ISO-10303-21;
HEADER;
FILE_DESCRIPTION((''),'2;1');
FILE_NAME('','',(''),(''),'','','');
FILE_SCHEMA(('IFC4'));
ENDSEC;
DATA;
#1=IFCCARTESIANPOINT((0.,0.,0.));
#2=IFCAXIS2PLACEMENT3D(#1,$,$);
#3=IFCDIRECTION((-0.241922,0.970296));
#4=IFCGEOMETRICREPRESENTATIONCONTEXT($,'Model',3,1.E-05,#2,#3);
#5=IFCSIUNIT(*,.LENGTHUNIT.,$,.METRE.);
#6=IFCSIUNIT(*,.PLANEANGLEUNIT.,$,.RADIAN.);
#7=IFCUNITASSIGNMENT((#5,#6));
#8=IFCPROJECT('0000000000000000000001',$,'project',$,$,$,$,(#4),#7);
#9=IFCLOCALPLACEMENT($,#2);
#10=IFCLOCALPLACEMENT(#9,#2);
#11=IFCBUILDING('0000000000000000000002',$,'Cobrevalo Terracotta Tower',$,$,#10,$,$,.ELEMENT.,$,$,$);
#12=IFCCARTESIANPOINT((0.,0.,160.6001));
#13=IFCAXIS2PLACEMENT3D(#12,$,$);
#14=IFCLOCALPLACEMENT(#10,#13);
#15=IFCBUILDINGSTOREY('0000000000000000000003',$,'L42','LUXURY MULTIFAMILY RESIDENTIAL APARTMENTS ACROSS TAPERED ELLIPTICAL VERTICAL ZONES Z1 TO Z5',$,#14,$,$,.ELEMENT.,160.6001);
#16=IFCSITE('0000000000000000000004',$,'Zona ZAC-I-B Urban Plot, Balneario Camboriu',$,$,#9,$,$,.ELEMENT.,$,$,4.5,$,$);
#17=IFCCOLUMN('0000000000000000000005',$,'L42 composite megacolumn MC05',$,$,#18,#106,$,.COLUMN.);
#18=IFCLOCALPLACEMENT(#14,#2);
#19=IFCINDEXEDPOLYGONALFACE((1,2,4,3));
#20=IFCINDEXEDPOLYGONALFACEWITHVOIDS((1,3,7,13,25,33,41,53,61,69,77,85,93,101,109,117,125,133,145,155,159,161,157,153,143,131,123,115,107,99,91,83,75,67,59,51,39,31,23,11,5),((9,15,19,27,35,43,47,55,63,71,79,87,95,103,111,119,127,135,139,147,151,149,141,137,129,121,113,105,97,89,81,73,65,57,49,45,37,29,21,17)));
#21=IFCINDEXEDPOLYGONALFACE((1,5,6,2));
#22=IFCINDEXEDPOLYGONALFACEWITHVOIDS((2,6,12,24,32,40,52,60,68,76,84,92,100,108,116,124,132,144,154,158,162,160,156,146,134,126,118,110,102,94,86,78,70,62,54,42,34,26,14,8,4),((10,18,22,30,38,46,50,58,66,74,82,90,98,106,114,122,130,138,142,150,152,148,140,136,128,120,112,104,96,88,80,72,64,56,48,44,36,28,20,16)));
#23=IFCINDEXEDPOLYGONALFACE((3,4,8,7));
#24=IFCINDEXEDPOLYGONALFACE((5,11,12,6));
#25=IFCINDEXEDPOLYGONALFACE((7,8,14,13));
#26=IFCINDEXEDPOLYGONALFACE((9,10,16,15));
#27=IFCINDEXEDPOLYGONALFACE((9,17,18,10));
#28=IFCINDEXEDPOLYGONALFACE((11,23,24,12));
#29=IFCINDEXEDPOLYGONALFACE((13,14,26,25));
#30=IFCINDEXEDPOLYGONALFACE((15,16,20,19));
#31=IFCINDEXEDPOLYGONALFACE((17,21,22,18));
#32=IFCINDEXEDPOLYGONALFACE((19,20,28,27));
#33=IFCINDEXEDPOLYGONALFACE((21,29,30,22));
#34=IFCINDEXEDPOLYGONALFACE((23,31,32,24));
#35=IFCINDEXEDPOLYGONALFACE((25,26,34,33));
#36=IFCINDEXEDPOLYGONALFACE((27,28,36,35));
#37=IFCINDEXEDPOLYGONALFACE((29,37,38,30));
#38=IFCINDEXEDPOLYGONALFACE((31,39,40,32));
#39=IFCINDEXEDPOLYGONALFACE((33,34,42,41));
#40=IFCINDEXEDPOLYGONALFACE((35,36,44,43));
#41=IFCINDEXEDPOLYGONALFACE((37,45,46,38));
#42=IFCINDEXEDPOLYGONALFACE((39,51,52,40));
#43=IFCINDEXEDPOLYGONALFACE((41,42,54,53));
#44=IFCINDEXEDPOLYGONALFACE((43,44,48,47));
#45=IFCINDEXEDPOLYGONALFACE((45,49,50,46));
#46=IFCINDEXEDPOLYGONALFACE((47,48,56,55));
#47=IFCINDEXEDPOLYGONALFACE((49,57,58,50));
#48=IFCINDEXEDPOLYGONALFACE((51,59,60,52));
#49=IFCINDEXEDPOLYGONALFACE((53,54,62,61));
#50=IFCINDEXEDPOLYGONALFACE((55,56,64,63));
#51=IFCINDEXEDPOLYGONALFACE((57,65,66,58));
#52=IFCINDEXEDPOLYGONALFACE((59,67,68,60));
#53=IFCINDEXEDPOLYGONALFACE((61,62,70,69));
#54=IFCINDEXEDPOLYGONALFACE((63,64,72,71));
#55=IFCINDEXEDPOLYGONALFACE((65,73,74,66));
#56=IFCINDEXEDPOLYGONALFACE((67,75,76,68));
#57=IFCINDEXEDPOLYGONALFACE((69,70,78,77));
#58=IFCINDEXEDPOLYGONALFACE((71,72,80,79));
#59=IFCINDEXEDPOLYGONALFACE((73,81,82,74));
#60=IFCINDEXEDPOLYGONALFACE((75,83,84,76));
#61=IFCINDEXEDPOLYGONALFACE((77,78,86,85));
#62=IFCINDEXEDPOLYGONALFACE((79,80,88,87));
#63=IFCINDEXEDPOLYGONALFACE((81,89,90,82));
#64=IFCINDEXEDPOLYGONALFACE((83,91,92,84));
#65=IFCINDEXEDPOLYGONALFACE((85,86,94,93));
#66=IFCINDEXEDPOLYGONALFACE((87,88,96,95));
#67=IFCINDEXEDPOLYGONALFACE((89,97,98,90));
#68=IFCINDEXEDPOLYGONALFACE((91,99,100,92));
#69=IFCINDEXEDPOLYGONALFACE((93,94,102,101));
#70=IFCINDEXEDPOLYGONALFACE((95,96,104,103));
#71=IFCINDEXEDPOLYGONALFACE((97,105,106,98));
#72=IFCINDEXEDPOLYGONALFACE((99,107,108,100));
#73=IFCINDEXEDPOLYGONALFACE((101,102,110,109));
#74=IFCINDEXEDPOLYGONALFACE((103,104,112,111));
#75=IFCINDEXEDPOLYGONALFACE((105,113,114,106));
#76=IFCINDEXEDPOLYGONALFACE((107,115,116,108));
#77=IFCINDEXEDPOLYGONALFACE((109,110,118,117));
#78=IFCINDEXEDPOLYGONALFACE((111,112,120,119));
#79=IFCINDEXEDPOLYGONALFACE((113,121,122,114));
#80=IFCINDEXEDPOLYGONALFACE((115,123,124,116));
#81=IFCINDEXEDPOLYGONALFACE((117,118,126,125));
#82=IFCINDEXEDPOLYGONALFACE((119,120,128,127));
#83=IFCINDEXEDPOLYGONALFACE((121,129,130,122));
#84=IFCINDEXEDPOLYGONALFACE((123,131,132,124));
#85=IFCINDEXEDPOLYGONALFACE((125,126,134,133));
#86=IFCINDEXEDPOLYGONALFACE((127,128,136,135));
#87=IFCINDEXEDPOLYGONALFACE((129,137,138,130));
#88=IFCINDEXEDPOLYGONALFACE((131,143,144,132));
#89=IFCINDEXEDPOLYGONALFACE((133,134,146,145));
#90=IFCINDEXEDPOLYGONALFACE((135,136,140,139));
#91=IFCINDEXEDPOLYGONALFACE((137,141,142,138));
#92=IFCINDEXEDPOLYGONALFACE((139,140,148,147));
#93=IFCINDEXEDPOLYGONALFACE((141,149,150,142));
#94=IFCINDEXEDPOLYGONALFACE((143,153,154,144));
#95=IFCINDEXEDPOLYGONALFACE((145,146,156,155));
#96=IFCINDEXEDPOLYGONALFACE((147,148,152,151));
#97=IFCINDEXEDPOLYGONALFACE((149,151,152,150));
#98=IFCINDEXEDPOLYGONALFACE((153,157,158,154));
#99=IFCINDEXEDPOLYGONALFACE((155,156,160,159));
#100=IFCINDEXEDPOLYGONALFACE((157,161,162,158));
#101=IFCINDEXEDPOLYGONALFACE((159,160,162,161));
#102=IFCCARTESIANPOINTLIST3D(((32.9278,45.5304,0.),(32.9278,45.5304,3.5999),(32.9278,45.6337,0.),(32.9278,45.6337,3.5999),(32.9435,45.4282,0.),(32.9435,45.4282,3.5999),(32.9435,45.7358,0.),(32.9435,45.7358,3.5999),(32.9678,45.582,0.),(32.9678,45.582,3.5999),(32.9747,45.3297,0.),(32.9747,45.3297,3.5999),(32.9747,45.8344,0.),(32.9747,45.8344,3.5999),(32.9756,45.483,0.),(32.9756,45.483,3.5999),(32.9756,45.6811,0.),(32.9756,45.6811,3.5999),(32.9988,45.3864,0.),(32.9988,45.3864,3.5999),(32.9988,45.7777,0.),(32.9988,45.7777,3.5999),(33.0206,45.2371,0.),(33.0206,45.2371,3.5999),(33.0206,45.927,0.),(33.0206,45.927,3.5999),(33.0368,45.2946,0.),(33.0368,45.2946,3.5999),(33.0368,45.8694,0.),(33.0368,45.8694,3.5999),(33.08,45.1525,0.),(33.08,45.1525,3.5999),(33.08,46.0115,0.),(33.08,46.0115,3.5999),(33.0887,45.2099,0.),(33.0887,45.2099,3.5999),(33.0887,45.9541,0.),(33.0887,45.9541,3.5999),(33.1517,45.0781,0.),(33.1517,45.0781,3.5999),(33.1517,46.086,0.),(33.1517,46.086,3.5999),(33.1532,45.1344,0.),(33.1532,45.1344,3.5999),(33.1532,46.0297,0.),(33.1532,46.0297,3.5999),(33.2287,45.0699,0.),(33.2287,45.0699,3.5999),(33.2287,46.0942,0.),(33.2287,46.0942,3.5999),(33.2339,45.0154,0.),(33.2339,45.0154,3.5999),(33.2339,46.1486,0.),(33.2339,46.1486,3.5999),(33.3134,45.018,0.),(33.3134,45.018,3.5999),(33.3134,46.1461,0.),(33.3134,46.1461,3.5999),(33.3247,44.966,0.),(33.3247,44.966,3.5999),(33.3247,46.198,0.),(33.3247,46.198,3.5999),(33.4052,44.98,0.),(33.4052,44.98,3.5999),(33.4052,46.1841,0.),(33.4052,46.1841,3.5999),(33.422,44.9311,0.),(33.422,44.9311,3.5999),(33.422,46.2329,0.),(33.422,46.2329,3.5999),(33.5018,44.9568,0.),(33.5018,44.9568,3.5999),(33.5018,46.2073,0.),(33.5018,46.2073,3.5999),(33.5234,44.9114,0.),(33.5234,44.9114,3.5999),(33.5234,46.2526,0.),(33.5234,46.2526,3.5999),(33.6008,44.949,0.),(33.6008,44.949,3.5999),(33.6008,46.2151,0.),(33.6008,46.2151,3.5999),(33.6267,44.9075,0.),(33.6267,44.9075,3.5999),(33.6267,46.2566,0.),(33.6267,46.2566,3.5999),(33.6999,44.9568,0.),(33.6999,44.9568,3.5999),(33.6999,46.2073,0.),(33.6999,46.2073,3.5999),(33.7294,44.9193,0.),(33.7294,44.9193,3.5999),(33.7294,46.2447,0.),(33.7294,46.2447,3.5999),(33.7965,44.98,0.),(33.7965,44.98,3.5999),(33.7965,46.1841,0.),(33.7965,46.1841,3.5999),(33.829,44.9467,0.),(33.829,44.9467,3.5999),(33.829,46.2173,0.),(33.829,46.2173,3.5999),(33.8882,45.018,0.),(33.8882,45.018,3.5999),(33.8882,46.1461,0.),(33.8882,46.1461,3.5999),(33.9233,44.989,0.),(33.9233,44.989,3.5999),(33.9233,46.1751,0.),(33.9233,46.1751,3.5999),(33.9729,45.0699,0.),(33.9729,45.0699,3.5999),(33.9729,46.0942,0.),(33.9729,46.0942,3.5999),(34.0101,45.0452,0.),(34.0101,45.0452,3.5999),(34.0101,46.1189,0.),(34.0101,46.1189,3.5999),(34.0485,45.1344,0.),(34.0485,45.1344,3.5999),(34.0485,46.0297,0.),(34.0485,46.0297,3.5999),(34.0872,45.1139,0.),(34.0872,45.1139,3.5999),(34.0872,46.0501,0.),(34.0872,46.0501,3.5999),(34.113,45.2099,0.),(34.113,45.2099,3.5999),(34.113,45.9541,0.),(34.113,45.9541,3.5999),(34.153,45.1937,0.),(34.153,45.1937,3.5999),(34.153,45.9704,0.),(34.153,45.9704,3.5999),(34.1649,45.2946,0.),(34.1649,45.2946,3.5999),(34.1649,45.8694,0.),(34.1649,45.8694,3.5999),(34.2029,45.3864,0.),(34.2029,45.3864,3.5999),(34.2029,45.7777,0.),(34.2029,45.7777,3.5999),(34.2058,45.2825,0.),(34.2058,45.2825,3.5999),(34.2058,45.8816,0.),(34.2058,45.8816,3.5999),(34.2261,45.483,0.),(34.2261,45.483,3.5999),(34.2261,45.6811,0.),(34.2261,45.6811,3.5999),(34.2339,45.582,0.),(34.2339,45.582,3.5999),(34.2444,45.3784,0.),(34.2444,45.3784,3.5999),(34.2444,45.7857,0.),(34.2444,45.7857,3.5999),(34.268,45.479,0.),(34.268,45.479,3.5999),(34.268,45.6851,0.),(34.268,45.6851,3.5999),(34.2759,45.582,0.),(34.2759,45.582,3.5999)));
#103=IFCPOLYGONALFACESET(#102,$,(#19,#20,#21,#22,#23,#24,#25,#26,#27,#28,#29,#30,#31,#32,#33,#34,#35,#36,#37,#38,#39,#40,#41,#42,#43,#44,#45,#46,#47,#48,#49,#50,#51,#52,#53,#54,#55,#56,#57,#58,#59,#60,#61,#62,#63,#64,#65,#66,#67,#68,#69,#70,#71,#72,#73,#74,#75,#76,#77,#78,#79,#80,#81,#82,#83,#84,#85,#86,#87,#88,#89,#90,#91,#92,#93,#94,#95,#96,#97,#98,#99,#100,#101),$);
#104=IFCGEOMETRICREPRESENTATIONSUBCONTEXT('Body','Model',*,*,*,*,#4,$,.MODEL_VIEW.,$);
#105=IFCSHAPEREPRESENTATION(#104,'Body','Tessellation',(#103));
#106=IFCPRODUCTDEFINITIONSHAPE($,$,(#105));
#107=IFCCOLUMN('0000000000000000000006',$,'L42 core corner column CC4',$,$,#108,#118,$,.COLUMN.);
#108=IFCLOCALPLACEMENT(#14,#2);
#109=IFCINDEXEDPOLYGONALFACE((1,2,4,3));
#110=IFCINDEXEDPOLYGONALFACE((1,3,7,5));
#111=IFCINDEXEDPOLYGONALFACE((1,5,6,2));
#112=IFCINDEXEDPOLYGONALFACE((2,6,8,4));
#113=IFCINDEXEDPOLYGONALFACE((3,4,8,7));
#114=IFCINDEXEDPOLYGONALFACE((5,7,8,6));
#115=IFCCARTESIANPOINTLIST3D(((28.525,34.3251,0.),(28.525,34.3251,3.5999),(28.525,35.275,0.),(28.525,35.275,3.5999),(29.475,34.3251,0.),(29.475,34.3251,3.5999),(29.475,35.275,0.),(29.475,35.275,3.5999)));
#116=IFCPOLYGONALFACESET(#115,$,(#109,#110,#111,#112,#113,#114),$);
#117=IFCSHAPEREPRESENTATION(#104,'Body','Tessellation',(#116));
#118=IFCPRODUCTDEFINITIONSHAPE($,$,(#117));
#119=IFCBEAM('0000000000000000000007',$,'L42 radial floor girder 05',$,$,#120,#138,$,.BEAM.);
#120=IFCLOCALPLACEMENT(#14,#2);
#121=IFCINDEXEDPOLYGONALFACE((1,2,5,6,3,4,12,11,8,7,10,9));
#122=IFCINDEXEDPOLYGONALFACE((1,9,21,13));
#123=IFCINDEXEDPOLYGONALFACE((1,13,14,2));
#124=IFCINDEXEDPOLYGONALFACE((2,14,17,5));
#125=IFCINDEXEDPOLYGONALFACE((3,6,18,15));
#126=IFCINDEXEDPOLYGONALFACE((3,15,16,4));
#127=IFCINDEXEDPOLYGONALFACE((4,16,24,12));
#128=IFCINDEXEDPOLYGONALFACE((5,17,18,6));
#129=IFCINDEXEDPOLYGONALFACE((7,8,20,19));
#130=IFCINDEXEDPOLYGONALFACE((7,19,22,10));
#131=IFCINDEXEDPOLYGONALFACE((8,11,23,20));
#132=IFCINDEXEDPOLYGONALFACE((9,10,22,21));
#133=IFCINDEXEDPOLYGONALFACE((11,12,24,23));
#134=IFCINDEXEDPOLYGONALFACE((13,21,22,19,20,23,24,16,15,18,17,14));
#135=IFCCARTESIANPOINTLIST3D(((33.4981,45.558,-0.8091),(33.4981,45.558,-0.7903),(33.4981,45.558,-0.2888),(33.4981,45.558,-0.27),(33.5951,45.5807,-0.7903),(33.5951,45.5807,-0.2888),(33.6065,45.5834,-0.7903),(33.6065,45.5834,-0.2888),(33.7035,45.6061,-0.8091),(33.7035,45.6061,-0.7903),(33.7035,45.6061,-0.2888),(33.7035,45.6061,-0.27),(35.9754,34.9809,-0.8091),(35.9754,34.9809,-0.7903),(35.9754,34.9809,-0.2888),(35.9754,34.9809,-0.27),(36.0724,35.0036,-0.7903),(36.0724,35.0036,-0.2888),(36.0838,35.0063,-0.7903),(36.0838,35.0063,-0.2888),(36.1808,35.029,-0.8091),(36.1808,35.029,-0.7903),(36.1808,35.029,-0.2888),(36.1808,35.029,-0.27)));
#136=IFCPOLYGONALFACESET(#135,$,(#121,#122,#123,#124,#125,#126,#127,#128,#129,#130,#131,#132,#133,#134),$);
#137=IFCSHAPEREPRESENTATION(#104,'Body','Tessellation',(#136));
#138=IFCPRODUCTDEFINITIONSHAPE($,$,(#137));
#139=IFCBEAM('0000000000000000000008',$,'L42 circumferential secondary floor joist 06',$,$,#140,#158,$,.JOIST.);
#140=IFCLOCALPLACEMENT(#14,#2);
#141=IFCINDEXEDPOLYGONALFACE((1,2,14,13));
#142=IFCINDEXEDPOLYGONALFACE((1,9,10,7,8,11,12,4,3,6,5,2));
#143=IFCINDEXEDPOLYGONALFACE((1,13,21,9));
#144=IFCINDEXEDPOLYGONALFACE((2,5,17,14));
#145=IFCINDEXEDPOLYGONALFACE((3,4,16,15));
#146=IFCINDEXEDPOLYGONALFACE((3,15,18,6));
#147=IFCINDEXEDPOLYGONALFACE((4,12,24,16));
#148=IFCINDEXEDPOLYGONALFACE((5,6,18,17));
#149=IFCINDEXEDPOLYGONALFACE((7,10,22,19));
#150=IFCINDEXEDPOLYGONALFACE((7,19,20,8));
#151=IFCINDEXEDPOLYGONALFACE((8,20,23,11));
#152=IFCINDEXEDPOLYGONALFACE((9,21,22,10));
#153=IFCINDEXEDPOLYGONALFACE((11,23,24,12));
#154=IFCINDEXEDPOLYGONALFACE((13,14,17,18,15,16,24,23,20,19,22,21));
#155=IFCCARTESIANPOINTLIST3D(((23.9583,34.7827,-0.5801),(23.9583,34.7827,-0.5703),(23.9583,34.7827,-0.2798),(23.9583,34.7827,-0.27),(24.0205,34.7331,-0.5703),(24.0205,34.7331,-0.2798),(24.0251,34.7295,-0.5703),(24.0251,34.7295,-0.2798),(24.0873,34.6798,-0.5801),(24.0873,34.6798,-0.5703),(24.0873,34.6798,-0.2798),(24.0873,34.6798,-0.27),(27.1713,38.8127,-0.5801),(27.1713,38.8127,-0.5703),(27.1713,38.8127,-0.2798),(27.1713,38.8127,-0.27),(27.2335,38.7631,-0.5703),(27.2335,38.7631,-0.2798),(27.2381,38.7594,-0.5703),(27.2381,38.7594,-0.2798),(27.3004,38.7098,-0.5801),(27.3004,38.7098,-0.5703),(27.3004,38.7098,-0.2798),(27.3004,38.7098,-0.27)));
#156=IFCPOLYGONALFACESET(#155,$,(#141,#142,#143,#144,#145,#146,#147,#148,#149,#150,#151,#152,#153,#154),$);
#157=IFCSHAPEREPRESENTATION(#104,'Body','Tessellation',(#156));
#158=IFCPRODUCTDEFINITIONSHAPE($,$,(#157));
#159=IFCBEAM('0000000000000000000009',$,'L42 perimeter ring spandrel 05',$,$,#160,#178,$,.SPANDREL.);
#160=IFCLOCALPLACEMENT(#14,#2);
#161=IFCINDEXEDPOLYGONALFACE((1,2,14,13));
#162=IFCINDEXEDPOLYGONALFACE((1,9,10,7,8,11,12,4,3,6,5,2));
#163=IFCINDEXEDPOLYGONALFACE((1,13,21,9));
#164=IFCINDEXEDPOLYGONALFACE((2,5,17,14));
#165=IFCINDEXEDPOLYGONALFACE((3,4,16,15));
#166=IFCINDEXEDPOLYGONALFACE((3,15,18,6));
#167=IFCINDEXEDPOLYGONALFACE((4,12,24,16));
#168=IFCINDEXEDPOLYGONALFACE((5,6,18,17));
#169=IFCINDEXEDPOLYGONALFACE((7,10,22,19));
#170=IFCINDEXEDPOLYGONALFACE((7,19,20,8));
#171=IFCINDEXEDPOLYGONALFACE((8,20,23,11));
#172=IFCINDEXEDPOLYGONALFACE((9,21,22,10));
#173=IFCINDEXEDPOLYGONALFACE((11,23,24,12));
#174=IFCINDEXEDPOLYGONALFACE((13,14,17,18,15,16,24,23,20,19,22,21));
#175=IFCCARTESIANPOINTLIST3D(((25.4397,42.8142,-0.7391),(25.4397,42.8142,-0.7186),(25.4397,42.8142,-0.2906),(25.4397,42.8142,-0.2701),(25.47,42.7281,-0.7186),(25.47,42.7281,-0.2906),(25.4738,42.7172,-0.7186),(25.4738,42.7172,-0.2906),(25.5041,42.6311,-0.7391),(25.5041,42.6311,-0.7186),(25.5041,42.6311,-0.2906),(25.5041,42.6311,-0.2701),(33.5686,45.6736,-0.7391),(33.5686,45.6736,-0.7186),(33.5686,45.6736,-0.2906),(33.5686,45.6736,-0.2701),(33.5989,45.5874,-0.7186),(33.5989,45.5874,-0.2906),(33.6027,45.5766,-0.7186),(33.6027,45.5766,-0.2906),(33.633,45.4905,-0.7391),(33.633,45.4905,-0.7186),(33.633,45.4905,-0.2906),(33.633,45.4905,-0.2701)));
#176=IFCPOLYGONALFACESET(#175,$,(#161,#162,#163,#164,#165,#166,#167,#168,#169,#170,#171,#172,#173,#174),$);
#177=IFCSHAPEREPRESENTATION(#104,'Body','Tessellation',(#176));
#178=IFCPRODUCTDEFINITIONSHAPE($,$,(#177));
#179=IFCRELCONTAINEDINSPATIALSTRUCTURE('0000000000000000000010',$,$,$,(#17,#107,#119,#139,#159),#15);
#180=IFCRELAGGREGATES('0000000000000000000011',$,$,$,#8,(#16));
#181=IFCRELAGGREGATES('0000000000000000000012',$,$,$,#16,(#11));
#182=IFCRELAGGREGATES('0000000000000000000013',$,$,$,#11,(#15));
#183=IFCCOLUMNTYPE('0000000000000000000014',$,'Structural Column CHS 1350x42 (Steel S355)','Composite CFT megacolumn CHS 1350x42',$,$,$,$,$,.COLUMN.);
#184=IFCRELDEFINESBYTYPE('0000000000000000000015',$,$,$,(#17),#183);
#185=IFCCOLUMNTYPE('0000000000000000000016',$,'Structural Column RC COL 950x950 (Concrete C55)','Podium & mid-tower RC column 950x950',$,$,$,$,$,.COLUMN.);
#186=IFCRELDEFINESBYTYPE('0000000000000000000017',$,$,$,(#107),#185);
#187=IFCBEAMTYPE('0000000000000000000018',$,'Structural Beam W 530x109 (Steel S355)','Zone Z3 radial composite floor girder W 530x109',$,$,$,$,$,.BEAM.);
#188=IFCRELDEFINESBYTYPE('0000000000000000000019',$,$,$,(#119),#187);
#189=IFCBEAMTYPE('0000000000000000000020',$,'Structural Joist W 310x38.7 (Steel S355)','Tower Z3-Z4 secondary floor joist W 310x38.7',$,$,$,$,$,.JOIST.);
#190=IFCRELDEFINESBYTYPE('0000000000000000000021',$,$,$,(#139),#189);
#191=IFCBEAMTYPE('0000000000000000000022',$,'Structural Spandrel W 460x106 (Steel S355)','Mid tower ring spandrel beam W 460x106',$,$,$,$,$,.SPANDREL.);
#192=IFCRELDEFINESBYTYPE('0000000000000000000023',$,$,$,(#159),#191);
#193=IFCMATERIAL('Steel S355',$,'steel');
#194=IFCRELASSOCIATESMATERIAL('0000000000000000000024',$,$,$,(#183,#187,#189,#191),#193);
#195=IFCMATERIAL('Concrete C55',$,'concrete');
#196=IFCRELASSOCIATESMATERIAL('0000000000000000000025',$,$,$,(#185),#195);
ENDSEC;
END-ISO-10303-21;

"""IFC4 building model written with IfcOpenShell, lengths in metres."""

from ifc_helpers import new_model, si_unit, direction, frame, origin, origin_2d, place, context, subcontext, project, spatial, rectangle, hollow_circle, i_section, extrude, material, material_profile, profile_set, type_object, element, save


model = new_model("IFC4")

# Units and contexts
model_context = context("Model", 3, precision=1e-05, world=origin(), true_north=direction((-0.241922, 0.970296)))
body_context = subcontext(model_context, "Body", "Model", "MODEL_VIEW")
ifc_project = project(units=[si_unit("LENGTHUNIT", "METRE"), si_unit("PLANEANGLEUNIT", "RADIAN")], contexts=[model_context])

# Site, building, storey
site_placement = place(None, origin())
site = spatial("IfcSite", under=ifc_project, at=site_placement, Name="Zona ZAC-I-B Urban Plot, Balneario Camboriu", CompositionType="ELEMENT", RefElevation=4.5)
building_placement = place(site_placement, origin())
building = spatial("IfcBuilding", under=site, at=building_placement, Name="Cobrevalo Terracotta Tower", CompositionType="ELEMENT")
storey_placement = place(building_placement, frame((0.0, 0.0, 160.6001)))
storey = spatial("IfcBuildingStorey", under=building, at=storey_placement, Name="L42", Description="LUXURY MULTIFAMILY RESIDENTIAL APARTMENTS ACROSS TAPERED ELLIPTICAL VERTICAL ZONES Z1 TO Z5", CompositionType="ELEMENT", Elevation=160.6001)

# Columns
ifc_material_1 = material(Name="Steel S355", Category="steel")
ifc_material_profile_1 = material_profile(ifc_material_1, hollow_circle(Radius=0.675, WallThickness=0.042, at=origin_2d()), Name="CHS 1350x42")
ifc_profile_set_1 = profile_set([ifc_material_profile_1], Name="Steel S355")
column_type_1 = type_object("IfcColumnType", Name="Structural Column CHS 1350x42 (Steel S355)", Description="Composite CFT megacolumn CHS 1350x42", PredefinedType="COLUMN", material=ifc_profile_set_1)
column_1_placement = place(storey_placement, frame((33.6008, 45.582, 0.0), z_axis=(0.0, 0.0, 1.0), x_axis=(1.0, 0.0, 0.0)))
element("IfcColumn", 1, at=column_1_placement, inside=storey, type_object=column_type_1, Name="L42 composite megacolumn MC05", PredefinedType="COLUMN", context=body_context, shape_type="SweptSolid", body=[
    extrude(hollow_circle(Radius=0.675, WallThickness=0.042, at=origin_2d()), origin(), (0.0, 0.0, 1.0), 3.5999),
])
ifc_material_2 = material(Name="Concrete C55", Category="concrete")
ifc_material_profile_2 = material_profile(ifc_material_2, rectangle(XDim=0.95, YDim=0.95, at=origin_2d()), Name="RC COL 950x950")
ifc_profile_set_2 = profile_set([ifc_material_profile_2], Name="Concrete C55")
column_type_2 = type_object("IfcColumnType", Name="Structural Column RC COL 950x950 (Concrete C55)", Description="Podium & mid-tower RC column 950x950", PredefinedType="COLUMN", material=ifc_profile_set_2)
column_2_placement = place(storey_placement, frame((29.0, 34.8, 0.0), z_axis=(0.0, 0.0, 1.0), x_axis=(1.0, 0.0, 0.0)))
element("IfcColumn", 2, at=column_2_placement, inside=storey, type_object=column_type_2, Name="L42 core corner column CC4", PredefinedType="COLUMN", context=body_context, shape_type="SweptSolid", body=[
    extrude(rectangle(XDim=0.95, YDim=0.95, at=origin_2d()), origin(), (0.0, 0.0, 1.0), 3.5999),
])

# Beams
ifc_material_profile_3 = material_profile(ifc_material_1, i_section(OverallWidth=0.2109, OverallDepth=0.5391, WebThickness=0.0117, FlangeThickness=0.0188, at=origin_2d()), Name="W 530x109")
ifc_profile_set_3 = profile_set([ifc_material_profile_3], Name="Steel S355")
beam_type_1 = type_object("IfcBeamType", Name="Structural Beam W 530x109 (Steel S355)", Description="Zone Z3 radial composite floor girder W 530x109", PredefinedType="BEAM", material=ifc_profile_set_3)
beam_1_placement = place(storey_placement, frame((33.6008, 45.582, -0.5396), z_axis=(0.228041, -0.973652, 0.0), x_axis=(0.973652, 0.228041, 0.0)))
element("IfcBeam", 3, at=beam_1_placement, inside=storey, type_object=beam_type_1, Name="L42 radial floor girder 05", PredefinedType="BEAM", context=body_context, shape_type="SweptSolid", body=[
    extrude(i_section(OverallWidth=0.2109, OverallDepth=0.5391, WebThickness=0.0117, FlangeThickness=0.0188, at=origin_2d()), origin(), (0.0, 0.0, 1.0), 10.8633),
])
ifc_material_profile_4 = material_profile(ifc_material_1, i_section(OverallWidth=0.165, OverallDepth=0.3101, WebThickness=0.0059, FlangeThickness=0.0098, at=origin_2d()), Name="W 310x38.7")
ifc_profile_set_4 = profile_set([ifc_material_profile_4], Name="Steel S355")
beam_type_2 = type_object("IfcBeamType", Name="Structural Joist W 310x38.7 (Steel S355)", Description="Tower Z3-Z4 secondary floor joist W 310x38.7", PredefinedType="JOIST", material=ifc_profile_set_4)
beam_2_placement = place(storey_placement, frame((27.2358, 38.7612, -0.425), z_axis=(-0.623406, -0.781898, 0.0), x_axis=(0.781898, -0.623406, 0.0)))
element("IfcBeam", 4, at=beam_2_placement, inside=storey, type_object=beam_type_2, Name="L42 circumferential secondary floor joist 06", PredefinedType="JOIST", context=body_context, shape_type="SweptSolid", body=[
    extrude(i_section(OverallWidth=0.165, OverallDepth=0.3101, WebThickness=0.0059, FlangeThickness=0.0098, at=origin_2d()), origin(), (0.0, 0.0, 1.0), 5.1541),
])
ifc_material_profile_5 = material_profile(ifc_material_1, i_section(OverallWidth=0.1941, OverallDepth=0.469, WebThickness=0.0115, FlangeThickness=0.0205, at=origin_2d()), Name="W 460x106")
ifc_profile_set_5 = profile_set([ifc_material_profile_5], Name="Steel S355")
beam_type_3 = type_object("IfcBeamType", Name="Structural Spandrel W 460x106 (Steel S355)", Description="Mid tower ring spandrel beam W 460x106", PredefinedType="SPANDREL", material=ifc_profile_set_5)
beam_3_placement = place(storey_placement, frame((33.6008, 45.582, -0.5046), z_axis=(-0.943341, -0.331824, 0.0), x_axis=(0.331824, -0.943341, 0.0)))
element("IfcBeam", 5, at=beam_3_placement, inside=storey, type_object=beam_type_3, Name="L42 perimeter ring spandrel 05", PredefinedType="SPANDREL", context=body_context, shape_type="SweptSolid", body=[
    extrude(i_section(OverallWidth=0.1941, OverallDepth=0.469, WebThickness=0.0115, FlangeThickness=0.0205, at=origin_2d()), origin(), (0.0, 0.0, 1.0), 8.6172),
])

save(model, "model.ifc")
